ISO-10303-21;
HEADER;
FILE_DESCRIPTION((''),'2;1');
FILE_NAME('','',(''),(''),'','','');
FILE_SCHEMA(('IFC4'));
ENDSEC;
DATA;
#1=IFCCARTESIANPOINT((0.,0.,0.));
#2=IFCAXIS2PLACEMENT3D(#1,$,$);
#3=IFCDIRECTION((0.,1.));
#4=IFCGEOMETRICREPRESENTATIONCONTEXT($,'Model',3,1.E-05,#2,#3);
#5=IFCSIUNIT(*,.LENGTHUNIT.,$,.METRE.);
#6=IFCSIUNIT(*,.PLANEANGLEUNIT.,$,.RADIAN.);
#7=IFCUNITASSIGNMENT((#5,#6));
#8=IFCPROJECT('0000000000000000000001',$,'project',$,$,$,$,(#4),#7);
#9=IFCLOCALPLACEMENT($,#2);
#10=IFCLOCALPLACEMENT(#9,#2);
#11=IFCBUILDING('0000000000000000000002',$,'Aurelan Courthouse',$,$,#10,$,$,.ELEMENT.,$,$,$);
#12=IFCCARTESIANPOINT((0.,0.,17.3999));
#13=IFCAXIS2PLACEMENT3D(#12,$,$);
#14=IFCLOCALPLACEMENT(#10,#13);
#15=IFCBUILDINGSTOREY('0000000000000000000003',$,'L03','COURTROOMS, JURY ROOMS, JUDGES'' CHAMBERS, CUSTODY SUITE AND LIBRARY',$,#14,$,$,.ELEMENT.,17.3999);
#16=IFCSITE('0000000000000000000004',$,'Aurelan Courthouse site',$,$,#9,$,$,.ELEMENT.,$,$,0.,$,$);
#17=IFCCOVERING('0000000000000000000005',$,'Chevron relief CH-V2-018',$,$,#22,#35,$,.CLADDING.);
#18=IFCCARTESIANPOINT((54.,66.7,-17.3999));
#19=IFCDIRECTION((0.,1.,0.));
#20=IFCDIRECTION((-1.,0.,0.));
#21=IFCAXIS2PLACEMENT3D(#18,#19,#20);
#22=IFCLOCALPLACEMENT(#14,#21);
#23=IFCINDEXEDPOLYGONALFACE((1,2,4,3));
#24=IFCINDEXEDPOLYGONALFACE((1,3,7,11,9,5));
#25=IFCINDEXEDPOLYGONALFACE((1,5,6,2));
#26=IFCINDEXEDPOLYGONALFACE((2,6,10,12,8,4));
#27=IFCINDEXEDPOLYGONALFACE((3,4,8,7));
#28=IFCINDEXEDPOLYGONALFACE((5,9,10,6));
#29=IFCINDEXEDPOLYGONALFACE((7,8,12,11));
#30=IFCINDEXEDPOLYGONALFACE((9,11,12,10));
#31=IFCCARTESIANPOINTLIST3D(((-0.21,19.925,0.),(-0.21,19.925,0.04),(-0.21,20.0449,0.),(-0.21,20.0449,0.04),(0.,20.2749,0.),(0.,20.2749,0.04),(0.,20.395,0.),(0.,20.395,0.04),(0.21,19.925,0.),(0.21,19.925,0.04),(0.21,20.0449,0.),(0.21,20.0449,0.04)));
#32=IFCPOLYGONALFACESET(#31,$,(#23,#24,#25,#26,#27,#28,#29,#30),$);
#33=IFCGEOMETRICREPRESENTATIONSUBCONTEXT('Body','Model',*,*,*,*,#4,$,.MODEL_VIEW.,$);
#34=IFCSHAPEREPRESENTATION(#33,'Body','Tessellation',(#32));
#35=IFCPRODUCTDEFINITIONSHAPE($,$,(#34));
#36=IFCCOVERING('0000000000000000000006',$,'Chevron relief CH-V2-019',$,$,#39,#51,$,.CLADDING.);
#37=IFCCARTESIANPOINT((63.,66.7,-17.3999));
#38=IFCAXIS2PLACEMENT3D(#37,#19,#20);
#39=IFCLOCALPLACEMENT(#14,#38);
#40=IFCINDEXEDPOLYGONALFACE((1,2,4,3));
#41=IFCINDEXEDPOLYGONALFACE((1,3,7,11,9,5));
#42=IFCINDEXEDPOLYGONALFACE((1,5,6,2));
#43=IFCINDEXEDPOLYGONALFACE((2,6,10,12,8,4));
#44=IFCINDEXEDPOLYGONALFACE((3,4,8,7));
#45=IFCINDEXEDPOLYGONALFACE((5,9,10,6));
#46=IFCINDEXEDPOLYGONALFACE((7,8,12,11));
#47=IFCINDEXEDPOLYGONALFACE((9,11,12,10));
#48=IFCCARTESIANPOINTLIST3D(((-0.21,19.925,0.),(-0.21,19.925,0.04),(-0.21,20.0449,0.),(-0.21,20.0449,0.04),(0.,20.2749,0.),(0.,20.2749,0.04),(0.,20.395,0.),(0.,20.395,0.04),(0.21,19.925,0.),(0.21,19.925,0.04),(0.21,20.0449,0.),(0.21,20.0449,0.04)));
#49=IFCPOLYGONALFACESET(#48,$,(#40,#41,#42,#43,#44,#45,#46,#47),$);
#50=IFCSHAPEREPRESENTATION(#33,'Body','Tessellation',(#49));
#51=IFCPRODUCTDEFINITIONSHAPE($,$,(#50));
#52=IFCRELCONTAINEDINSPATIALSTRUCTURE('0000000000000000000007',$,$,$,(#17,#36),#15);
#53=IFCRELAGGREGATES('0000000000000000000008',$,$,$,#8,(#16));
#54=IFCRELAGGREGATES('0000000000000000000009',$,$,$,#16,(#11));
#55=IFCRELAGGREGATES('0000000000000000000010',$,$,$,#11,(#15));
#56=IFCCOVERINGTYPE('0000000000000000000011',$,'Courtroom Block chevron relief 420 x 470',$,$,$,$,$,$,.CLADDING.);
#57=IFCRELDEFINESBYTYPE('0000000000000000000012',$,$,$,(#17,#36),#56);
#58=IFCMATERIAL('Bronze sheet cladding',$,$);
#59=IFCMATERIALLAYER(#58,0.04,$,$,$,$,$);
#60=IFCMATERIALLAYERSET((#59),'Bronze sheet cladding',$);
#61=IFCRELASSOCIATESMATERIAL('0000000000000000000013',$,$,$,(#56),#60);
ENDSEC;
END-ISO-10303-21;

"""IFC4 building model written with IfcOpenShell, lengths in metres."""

from ifc_helpers import new_model, si_unit, direction, frame, origin, place, context, subcontext, project, spatial, polyline, outline, extrude, material, layer, layer_set, type_object, element, save


model = new_model("IFC4")

# Units and contexts
model_context = context("Model", 3, precision=1e-05, world=origin(), true_north=direction((0.0, 1.0)))
body_context = subcontext(model_context, "Body", "Model", "MODEL_VIEW")
ifc_project = project(units=[si_unit("LENGTHUNIT", "METRE"), si_unit("PLANEANGLEUNIT", "RADIAN")], contexts=[model_context])

# Site, building, storey
site_placement = place(None, origin())
site = spatial("IfcSite", under=ifc_project, at=site_placement, Name="Aurelan Courthouse site", CompositionType="ELEMENT", RefElevation=0.0)
building_placement = place(site_placement, origin())
building = spatial("IfcBuilding", under=site, at=building_placement, Name="Aurelan Courthouse", CompositionType="ELEMENT")
storey_placement = place(building_placement, frame((0.0, 0.0, 17.3999)))
storey = spatial("IfcBuildingStorey", under=building, at=storey_placement, Name="L03", Description="COURTROOMS, JURY ROOMS, JUDGES' CHAMBERS, CUSTODY SUITE AND LIBRARY", CompositionType="ELEMENT", Elevation=17.3999)

# Coverings
ifc_material_1 = material(Name="Bronze sheet cladding")
ifc_layer_1 = layer(ifc_material_1, 0.04)
ifc_layer_set_1 = layer_set([ifc_layer_1], Name="Bronze sheet cladding")
covering_type = type_object("IfcCoveringType", Name="Courtroom Block chevron relief 420 x 470", PredefinedType="CLADDING", material=ifc_layer_set_1)
for number, where, z_axis, x_axis, name in (
    (1, (54.0, 66.7, -17.3999), (0.0, 1.0, 0.0), (-1.0, 0.0, 0.0), "Chevron relief CH-V2-018"),
    (2, (63.0, 66.7, -17.3999), (0.0, 1.0, 0.0), (-1.0, 0.0, 0.0), "Chevron relief CH-V2-019"),
):
    element("IfcCovering", number, at=place(storey_placement, frame(where, z_axis=z_axis, x_axis=x_axis)), inside=storey, type_object=covering_type, Name=name, PredefinedType="CLADDING", context=body_context, shape_type="SweptSolid", body=[
        extrude(outline(polyline([(-0.21, 19.925), (0.0, 20.2749), (0.21, 19.925), (0.21, 20.0449), (0.0, 20.395), (-0.21, 20.0449), (-0.21, 19.925)])), origin(), (0.0, 0.0, 1.0), 0.04),
    ])

save(model, "model.ifc")
